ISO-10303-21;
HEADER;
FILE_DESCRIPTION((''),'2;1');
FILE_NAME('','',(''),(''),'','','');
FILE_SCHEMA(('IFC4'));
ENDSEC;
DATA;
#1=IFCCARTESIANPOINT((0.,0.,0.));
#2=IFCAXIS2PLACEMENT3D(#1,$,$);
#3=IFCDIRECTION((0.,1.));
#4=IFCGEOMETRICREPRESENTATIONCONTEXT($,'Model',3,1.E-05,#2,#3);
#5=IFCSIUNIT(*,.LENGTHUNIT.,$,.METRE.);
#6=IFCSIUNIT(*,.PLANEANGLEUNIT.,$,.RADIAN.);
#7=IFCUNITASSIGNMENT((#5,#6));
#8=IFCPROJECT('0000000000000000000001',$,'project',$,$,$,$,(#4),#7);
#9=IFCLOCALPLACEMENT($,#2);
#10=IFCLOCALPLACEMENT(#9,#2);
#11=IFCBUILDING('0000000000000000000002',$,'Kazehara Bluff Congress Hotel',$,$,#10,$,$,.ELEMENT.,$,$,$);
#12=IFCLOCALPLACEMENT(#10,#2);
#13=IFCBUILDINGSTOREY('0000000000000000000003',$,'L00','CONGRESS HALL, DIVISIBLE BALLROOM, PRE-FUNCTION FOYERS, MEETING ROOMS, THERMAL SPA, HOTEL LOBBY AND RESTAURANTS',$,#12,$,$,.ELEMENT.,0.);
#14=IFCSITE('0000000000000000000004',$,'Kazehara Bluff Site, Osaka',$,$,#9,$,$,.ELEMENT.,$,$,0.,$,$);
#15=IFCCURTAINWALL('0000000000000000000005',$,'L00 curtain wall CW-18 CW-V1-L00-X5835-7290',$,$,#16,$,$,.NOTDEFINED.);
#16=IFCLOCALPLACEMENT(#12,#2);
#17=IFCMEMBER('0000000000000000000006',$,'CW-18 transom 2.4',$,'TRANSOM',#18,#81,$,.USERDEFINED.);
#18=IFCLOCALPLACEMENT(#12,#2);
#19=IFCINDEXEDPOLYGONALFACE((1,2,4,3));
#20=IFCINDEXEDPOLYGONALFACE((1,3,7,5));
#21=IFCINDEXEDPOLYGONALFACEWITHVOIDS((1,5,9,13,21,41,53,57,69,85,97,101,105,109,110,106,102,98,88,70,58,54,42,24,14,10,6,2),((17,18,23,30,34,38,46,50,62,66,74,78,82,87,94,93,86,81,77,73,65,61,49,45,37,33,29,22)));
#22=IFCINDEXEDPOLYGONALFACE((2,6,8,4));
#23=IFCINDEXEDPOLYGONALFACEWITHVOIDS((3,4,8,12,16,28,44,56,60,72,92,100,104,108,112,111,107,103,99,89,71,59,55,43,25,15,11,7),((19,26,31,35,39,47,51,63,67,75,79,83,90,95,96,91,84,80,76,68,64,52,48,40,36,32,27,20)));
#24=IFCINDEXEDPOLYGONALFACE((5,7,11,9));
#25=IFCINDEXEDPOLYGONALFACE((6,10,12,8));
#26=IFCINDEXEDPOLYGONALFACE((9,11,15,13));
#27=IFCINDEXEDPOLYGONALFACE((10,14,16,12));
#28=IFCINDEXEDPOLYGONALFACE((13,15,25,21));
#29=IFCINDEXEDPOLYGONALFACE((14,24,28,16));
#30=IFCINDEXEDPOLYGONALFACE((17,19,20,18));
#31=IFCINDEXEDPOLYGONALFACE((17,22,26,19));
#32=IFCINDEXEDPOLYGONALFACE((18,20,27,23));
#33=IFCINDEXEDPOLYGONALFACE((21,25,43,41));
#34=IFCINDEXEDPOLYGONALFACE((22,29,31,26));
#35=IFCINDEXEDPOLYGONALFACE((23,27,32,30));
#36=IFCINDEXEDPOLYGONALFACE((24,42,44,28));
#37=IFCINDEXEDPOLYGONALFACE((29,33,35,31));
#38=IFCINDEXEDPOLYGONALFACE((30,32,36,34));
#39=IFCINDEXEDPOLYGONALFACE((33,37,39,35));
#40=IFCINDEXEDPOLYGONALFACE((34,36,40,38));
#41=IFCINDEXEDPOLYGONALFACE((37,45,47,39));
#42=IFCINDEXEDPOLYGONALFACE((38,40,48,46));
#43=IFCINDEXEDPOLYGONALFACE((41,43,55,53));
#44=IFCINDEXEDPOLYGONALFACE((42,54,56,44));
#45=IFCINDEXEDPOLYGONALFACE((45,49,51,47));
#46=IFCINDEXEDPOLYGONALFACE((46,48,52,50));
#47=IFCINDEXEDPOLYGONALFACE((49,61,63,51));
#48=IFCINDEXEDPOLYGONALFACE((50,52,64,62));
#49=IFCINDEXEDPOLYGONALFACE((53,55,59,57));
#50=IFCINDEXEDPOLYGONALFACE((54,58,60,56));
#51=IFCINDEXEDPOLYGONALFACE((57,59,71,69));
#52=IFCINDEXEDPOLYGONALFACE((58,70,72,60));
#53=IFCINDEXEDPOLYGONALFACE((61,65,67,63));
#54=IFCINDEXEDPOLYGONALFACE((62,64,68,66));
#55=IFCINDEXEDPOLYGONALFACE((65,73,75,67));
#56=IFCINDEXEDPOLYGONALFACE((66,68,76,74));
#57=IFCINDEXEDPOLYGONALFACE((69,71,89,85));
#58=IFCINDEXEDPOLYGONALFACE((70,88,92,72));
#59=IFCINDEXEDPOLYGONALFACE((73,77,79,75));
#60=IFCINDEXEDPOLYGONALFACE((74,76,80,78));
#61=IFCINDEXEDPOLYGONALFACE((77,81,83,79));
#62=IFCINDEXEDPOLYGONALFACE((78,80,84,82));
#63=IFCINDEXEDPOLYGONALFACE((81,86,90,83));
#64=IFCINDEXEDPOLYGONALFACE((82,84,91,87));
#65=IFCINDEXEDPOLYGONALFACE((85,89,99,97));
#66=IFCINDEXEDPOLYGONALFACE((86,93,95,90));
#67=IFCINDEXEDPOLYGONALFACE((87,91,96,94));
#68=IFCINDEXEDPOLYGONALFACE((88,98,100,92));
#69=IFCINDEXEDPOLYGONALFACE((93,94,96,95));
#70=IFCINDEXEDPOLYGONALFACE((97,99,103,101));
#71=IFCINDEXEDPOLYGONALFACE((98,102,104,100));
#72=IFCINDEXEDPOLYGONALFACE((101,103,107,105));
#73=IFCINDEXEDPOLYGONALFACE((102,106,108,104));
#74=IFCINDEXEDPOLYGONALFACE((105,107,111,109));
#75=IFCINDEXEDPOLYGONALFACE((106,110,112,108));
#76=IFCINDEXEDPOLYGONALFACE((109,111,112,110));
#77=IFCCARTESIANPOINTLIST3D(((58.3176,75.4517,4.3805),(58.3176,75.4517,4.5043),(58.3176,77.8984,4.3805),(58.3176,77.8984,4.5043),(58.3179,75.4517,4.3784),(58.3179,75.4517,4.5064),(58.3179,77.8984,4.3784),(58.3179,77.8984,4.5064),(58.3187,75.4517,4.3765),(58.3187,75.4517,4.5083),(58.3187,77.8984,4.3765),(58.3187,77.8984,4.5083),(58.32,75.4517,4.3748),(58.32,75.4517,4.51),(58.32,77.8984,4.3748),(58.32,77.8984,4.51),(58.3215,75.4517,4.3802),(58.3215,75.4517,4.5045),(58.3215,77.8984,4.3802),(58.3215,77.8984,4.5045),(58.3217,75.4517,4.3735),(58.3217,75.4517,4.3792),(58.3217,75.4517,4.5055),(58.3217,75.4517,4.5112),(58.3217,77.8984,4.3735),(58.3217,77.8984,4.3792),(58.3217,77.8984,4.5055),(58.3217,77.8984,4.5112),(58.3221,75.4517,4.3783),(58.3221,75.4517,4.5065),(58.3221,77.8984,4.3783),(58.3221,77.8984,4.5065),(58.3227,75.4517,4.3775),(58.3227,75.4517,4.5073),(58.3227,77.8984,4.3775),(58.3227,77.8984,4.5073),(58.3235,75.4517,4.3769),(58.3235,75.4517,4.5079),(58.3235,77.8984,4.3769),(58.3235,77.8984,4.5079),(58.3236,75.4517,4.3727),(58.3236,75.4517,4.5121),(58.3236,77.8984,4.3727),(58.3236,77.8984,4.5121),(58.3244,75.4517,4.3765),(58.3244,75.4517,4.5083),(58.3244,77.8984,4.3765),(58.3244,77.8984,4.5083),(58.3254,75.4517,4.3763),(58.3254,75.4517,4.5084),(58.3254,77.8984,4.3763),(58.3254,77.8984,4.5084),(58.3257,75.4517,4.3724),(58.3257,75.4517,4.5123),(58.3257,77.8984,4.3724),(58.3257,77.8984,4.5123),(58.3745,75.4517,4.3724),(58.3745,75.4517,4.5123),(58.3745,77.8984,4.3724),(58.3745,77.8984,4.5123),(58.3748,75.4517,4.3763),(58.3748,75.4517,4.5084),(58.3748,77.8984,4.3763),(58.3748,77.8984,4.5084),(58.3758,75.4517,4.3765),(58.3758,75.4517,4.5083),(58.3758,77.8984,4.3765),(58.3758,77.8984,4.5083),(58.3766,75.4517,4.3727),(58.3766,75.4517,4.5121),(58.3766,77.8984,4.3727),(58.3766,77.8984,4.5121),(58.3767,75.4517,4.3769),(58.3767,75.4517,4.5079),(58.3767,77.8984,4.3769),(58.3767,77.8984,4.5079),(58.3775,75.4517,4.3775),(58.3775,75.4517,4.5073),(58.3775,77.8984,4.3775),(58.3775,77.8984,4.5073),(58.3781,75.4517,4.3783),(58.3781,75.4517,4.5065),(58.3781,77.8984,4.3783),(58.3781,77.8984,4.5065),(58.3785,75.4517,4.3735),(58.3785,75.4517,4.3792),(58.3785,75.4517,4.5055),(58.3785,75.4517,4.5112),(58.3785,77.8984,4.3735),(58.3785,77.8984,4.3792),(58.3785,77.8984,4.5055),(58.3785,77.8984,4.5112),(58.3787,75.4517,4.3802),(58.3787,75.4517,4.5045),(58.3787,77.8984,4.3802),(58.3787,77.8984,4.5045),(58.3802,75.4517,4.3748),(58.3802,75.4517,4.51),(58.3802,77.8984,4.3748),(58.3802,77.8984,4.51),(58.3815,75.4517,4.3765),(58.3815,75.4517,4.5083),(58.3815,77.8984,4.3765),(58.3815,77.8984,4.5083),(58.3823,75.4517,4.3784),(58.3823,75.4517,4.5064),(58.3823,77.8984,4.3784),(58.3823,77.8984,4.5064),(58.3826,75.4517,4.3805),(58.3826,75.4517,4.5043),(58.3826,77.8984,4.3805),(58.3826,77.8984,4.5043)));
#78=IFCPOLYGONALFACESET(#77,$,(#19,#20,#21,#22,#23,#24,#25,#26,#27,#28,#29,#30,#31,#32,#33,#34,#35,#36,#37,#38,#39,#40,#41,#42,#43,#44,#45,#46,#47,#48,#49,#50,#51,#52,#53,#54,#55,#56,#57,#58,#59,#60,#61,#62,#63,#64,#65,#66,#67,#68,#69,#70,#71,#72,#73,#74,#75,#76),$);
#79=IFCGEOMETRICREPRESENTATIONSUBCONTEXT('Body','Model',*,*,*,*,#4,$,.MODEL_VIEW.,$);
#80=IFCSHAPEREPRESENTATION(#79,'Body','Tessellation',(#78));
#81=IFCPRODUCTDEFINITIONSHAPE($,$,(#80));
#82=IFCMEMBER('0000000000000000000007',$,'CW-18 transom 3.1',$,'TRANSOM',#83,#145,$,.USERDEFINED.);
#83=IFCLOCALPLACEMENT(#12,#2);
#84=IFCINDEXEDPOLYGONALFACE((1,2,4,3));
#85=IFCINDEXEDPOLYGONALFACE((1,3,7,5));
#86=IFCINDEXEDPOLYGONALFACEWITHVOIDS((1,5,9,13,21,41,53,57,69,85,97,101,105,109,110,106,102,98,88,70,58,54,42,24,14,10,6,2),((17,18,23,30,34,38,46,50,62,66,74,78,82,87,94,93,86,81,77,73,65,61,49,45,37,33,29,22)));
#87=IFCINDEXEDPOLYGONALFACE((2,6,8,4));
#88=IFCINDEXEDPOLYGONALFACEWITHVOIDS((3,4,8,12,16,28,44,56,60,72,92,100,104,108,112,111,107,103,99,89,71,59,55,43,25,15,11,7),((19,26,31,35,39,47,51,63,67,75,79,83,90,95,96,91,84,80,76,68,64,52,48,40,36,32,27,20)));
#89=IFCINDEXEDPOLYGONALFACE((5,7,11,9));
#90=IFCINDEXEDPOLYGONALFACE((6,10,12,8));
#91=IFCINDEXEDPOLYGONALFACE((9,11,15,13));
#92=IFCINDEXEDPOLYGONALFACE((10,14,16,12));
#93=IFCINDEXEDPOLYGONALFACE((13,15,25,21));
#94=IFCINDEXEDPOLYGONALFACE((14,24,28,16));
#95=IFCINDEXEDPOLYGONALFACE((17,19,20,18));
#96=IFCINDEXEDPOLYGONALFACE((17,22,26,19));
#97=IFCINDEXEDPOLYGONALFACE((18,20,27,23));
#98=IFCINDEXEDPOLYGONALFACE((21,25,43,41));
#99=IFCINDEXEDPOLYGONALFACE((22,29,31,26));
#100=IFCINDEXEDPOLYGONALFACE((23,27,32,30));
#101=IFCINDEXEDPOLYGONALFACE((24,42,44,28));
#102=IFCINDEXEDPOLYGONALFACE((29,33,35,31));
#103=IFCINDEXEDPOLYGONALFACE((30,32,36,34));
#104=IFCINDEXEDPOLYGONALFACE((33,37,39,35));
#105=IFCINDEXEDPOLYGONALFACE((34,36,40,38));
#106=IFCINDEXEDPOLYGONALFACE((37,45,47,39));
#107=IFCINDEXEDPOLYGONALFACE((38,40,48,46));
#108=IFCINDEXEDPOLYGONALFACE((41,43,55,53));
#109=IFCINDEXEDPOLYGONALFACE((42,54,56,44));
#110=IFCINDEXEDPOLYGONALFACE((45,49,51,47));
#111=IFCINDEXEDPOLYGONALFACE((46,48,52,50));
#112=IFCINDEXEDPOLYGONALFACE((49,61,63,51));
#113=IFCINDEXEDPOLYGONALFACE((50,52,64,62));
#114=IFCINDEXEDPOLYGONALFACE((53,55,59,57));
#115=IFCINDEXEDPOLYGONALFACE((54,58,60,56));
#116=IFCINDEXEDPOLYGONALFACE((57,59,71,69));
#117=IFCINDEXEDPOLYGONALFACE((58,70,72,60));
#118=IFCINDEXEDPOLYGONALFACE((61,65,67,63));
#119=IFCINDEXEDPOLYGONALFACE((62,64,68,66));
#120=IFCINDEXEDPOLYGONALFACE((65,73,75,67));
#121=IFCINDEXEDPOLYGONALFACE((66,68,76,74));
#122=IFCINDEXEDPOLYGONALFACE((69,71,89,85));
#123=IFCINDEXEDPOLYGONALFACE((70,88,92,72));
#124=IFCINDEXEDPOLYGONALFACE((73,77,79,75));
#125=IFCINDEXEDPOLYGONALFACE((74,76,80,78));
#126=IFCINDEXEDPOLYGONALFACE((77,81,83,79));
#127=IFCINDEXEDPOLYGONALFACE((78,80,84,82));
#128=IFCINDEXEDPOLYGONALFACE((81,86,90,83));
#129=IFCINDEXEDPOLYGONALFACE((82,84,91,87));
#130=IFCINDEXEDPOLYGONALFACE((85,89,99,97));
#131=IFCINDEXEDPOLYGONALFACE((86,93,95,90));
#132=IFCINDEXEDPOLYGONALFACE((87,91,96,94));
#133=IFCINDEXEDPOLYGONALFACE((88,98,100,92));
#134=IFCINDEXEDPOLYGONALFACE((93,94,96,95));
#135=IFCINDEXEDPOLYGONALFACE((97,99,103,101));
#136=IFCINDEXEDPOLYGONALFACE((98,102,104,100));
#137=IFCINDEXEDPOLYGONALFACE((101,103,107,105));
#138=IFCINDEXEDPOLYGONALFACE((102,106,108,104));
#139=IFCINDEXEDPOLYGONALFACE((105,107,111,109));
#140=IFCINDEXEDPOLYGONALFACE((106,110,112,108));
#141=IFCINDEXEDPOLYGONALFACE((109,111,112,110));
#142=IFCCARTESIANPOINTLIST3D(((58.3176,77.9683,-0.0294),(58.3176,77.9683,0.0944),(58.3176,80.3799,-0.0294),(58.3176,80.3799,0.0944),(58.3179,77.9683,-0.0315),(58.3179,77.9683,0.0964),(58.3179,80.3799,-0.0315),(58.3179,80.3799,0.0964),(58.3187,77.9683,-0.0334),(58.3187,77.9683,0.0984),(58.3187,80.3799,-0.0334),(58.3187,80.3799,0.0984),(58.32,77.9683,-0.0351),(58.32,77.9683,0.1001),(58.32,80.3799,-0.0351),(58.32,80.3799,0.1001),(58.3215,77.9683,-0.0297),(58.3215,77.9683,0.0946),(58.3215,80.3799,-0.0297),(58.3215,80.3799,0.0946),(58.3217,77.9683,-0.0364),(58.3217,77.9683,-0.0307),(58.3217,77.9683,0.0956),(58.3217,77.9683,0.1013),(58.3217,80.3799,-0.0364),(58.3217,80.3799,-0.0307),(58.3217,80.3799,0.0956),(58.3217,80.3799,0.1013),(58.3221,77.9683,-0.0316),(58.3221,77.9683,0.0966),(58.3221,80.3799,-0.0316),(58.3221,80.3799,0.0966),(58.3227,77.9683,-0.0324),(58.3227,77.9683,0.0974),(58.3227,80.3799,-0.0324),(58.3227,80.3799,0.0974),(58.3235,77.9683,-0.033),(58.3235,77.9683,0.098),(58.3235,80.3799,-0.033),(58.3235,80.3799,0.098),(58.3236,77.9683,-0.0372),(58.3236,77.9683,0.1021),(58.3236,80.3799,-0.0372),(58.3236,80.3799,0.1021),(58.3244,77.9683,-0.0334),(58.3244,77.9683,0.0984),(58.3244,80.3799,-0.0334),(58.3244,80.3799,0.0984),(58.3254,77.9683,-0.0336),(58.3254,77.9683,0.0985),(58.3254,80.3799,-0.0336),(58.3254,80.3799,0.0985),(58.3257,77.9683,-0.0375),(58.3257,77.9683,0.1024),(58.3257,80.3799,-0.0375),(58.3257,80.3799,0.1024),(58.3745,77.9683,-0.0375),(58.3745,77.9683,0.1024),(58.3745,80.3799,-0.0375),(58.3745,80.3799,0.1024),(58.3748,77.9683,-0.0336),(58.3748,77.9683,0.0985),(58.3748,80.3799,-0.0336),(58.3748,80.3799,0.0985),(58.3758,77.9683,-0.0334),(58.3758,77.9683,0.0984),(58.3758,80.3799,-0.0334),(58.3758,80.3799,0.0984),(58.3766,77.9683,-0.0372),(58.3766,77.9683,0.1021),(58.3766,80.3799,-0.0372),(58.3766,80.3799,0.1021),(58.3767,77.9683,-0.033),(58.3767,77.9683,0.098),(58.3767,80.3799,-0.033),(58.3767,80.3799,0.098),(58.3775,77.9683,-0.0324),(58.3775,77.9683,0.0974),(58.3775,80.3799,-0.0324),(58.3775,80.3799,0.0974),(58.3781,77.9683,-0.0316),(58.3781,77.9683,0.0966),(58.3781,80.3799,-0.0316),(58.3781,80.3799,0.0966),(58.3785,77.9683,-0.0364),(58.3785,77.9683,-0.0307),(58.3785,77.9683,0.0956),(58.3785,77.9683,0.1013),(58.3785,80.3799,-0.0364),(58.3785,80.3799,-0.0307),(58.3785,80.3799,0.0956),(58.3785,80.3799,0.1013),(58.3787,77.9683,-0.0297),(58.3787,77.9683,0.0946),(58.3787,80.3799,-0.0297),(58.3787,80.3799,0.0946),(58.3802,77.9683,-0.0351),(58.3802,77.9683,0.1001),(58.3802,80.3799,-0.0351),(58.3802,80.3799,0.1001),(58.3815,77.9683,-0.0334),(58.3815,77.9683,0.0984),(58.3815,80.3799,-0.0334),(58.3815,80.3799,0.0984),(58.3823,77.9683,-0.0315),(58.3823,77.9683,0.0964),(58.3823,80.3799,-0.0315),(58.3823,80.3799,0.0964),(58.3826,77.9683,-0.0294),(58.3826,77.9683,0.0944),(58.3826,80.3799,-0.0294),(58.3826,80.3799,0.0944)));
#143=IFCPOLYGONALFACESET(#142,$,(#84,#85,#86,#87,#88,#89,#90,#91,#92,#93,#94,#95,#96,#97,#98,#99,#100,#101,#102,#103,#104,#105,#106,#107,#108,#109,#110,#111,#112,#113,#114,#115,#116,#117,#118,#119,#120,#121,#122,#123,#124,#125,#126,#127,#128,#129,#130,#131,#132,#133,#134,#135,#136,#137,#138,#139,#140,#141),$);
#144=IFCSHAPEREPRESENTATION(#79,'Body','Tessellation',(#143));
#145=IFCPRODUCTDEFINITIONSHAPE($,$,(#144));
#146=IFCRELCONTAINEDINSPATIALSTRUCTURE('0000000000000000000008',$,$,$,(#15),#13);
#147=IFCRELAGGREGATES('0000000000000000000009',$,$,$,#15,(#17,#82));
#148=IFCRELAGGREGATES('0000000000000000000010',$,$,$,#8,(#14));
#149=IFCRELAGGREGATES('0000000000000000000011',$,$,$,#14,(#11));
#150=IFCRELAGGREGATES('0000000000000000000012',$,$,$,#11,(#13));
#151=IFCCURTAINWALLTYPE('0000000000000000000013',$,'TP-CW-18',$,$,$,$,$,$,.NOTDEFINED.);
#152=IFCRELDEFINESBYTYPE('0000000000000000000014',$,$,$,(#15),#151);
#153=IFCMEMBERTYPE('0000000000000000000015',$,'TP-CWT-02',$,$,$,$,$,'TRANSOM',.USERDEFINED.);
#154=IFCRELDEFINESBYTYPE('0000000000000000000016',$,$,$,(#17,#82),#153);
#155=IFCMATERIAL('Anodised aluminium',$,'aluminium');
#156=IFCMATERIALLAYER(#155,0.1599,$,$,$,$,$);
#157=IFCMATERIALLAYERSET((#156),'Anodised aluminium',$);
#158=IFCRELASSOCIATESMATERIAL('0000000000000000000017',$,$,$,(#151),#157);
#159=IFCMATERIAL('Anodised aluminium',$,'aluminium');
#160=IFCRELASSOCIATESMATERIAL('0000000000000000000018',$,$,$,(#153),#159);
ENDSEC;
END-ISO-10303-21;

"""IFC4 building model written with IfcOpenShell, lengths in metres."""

from ifc_helpers import new_model, si_unit, direction, frame, origin, origin_2d, place, context, subcontext, project, spatial, hollow_rectangle, extrude, material, layer, layer_set, material_profile, profile_set, type_object, element, aggregate, save


model = new_model("IFC4")

# Units and contexts
model_context = context("Model", 3, precision=1e-05, world=origin(), true_north=direction((0.0, 1.0)))
body_context = subcontext(model_context, "Body", "Model", "MODEL_VIEW")
ifc_project = project(units=[si_unit("LENGTHUNIT", "METRE"), si_unit("PLANEANGLEUNIT", "RADIAN")], contexts=[model_context])

# Site, building, storey
site_placement = place(None, origin())
site = spatial("IfcSite", under=ifc_project, at=site_placement, Name="Kazehara Bluff Site, Osaka", CompositionType="ELEMENT", RefElevation=0.0)
building_placement = place(site_placement, origin())
building = spatial("IfcBuilding", under=site, at=building_placement, Name="Kazehara Bluff Congress Hotel", CompositionType="ELEMENT")
storey_placement = place(building_placement, origin())
storey = spatial("IfcBuildingStorey", under=building, at=storey_placement, Name="L00", Description="CONGRESS HALL, DIVISIBLE BALLROOM, PRE-FUNCTION FOYERS, MEETING ROOMS, THERMAL SPA, HOTEL LOBBY AND RESTAURANTS", CompositionType="ELEMENT", Elevation=0.0)

# Curtain wall
ifc_material_1 = material(Name="Anodised aluminium", Category="aluminium")
ifc_layer_1 = layer(ifc_material_1, 0.1599)
ifc_layer_set_1 = layer_set([ifc_layer_1], Name="Anodised aluminium")
curtain_wall_type_1 = type_object("IfcCurtainWallType", Name="TP-CW-18", PredefinedType="NOTDEFINED", material=ifc_layer_set_1)
curtain_wall_1_placement = place(storey_placement, origin())
curtain_wall_1 = element("IfcCurtainWall", 1, at=curtain_wall_1_placement, inside=storey, type_object=curtain_wall_type_1, Name="L00 curtain wall CW-18 CW-V1-L00-X5835-7290", PredefinedType="NOTDEFINED")

# Members
ifc_material_2 = material(Name="Anodised aluminium", Category="aluminium")
ifc_material_profile_1 = material_profile(ifc_material_2, hollow_rectangle(XDim=0.0649, YDim=0.1399, WallThickness=0.0039, InnerFilletRadius=0.0039, OuterFilletRadius=0.0081, at=origin_2d()))
ifc_profile_set_1 = profile_set([ifc_material_profile_1], Name="Anodised aluminium")
member_type_1 = type_object("IfcMemberType", Name="TP-CWT-02", ElementType="TRANSOM", PredefinedType="USERDEFINED", material=ifc_profile_set_1)
member_1_placement = place(storey_placement, frame((58.3501, 75.4517, 4.4424), z_axis=(0.0, 1.0, 0.0), x_axis=(-1.0, 0.0, 0.0)))
member_1 = element("IfcMember", 2, at=member_1_placement, type_object=member_type_1, Name="CW-18 transom 2.4", ObjectType="TRANSOM", PredefinedType="USERDEFINED", context=body_context, shape_type="SweptSolid", body=[
    extrude(hollow_rectangle(XDim=0.0649, YDim=0.1399, WallThickness=0.0039, InnerFilletRadius=0.0039, OuterFilletRadius=0.0081, at=origin_2d()), origin(), (0.0, 0.0, 1.0), 2.4468),
])
member_2_placement = place(storey_placement, frame((58.3501, 77.9683, 0.0325), z_axis=(0.0, 1.0, 0.0), x_axis=(-1.0, 0.0, 0.0)))
member_2 = element("IfcMember", 3, at=member_2_placement, type_object=member_type_1, Name="CW-18 transom 3.1", ObjectType="TRANSOM", PredefinedType="USERDEFINED", context=body_context, shape_type="SweptSolid", body=[
    extrude(hollow_rectangle(XDim=0.0649, YDim=0.1399, WallThickness=0.0039, InnerFilletRadius=0.0039, OuterFilletRadius=0.0081, at=origin_2d()), origin(), (0.0, 0.0, 1.0), 2.4116),
])

aggregate(curtain_wall_1, [member_1, member_2])

save(model, "model.ifc")
